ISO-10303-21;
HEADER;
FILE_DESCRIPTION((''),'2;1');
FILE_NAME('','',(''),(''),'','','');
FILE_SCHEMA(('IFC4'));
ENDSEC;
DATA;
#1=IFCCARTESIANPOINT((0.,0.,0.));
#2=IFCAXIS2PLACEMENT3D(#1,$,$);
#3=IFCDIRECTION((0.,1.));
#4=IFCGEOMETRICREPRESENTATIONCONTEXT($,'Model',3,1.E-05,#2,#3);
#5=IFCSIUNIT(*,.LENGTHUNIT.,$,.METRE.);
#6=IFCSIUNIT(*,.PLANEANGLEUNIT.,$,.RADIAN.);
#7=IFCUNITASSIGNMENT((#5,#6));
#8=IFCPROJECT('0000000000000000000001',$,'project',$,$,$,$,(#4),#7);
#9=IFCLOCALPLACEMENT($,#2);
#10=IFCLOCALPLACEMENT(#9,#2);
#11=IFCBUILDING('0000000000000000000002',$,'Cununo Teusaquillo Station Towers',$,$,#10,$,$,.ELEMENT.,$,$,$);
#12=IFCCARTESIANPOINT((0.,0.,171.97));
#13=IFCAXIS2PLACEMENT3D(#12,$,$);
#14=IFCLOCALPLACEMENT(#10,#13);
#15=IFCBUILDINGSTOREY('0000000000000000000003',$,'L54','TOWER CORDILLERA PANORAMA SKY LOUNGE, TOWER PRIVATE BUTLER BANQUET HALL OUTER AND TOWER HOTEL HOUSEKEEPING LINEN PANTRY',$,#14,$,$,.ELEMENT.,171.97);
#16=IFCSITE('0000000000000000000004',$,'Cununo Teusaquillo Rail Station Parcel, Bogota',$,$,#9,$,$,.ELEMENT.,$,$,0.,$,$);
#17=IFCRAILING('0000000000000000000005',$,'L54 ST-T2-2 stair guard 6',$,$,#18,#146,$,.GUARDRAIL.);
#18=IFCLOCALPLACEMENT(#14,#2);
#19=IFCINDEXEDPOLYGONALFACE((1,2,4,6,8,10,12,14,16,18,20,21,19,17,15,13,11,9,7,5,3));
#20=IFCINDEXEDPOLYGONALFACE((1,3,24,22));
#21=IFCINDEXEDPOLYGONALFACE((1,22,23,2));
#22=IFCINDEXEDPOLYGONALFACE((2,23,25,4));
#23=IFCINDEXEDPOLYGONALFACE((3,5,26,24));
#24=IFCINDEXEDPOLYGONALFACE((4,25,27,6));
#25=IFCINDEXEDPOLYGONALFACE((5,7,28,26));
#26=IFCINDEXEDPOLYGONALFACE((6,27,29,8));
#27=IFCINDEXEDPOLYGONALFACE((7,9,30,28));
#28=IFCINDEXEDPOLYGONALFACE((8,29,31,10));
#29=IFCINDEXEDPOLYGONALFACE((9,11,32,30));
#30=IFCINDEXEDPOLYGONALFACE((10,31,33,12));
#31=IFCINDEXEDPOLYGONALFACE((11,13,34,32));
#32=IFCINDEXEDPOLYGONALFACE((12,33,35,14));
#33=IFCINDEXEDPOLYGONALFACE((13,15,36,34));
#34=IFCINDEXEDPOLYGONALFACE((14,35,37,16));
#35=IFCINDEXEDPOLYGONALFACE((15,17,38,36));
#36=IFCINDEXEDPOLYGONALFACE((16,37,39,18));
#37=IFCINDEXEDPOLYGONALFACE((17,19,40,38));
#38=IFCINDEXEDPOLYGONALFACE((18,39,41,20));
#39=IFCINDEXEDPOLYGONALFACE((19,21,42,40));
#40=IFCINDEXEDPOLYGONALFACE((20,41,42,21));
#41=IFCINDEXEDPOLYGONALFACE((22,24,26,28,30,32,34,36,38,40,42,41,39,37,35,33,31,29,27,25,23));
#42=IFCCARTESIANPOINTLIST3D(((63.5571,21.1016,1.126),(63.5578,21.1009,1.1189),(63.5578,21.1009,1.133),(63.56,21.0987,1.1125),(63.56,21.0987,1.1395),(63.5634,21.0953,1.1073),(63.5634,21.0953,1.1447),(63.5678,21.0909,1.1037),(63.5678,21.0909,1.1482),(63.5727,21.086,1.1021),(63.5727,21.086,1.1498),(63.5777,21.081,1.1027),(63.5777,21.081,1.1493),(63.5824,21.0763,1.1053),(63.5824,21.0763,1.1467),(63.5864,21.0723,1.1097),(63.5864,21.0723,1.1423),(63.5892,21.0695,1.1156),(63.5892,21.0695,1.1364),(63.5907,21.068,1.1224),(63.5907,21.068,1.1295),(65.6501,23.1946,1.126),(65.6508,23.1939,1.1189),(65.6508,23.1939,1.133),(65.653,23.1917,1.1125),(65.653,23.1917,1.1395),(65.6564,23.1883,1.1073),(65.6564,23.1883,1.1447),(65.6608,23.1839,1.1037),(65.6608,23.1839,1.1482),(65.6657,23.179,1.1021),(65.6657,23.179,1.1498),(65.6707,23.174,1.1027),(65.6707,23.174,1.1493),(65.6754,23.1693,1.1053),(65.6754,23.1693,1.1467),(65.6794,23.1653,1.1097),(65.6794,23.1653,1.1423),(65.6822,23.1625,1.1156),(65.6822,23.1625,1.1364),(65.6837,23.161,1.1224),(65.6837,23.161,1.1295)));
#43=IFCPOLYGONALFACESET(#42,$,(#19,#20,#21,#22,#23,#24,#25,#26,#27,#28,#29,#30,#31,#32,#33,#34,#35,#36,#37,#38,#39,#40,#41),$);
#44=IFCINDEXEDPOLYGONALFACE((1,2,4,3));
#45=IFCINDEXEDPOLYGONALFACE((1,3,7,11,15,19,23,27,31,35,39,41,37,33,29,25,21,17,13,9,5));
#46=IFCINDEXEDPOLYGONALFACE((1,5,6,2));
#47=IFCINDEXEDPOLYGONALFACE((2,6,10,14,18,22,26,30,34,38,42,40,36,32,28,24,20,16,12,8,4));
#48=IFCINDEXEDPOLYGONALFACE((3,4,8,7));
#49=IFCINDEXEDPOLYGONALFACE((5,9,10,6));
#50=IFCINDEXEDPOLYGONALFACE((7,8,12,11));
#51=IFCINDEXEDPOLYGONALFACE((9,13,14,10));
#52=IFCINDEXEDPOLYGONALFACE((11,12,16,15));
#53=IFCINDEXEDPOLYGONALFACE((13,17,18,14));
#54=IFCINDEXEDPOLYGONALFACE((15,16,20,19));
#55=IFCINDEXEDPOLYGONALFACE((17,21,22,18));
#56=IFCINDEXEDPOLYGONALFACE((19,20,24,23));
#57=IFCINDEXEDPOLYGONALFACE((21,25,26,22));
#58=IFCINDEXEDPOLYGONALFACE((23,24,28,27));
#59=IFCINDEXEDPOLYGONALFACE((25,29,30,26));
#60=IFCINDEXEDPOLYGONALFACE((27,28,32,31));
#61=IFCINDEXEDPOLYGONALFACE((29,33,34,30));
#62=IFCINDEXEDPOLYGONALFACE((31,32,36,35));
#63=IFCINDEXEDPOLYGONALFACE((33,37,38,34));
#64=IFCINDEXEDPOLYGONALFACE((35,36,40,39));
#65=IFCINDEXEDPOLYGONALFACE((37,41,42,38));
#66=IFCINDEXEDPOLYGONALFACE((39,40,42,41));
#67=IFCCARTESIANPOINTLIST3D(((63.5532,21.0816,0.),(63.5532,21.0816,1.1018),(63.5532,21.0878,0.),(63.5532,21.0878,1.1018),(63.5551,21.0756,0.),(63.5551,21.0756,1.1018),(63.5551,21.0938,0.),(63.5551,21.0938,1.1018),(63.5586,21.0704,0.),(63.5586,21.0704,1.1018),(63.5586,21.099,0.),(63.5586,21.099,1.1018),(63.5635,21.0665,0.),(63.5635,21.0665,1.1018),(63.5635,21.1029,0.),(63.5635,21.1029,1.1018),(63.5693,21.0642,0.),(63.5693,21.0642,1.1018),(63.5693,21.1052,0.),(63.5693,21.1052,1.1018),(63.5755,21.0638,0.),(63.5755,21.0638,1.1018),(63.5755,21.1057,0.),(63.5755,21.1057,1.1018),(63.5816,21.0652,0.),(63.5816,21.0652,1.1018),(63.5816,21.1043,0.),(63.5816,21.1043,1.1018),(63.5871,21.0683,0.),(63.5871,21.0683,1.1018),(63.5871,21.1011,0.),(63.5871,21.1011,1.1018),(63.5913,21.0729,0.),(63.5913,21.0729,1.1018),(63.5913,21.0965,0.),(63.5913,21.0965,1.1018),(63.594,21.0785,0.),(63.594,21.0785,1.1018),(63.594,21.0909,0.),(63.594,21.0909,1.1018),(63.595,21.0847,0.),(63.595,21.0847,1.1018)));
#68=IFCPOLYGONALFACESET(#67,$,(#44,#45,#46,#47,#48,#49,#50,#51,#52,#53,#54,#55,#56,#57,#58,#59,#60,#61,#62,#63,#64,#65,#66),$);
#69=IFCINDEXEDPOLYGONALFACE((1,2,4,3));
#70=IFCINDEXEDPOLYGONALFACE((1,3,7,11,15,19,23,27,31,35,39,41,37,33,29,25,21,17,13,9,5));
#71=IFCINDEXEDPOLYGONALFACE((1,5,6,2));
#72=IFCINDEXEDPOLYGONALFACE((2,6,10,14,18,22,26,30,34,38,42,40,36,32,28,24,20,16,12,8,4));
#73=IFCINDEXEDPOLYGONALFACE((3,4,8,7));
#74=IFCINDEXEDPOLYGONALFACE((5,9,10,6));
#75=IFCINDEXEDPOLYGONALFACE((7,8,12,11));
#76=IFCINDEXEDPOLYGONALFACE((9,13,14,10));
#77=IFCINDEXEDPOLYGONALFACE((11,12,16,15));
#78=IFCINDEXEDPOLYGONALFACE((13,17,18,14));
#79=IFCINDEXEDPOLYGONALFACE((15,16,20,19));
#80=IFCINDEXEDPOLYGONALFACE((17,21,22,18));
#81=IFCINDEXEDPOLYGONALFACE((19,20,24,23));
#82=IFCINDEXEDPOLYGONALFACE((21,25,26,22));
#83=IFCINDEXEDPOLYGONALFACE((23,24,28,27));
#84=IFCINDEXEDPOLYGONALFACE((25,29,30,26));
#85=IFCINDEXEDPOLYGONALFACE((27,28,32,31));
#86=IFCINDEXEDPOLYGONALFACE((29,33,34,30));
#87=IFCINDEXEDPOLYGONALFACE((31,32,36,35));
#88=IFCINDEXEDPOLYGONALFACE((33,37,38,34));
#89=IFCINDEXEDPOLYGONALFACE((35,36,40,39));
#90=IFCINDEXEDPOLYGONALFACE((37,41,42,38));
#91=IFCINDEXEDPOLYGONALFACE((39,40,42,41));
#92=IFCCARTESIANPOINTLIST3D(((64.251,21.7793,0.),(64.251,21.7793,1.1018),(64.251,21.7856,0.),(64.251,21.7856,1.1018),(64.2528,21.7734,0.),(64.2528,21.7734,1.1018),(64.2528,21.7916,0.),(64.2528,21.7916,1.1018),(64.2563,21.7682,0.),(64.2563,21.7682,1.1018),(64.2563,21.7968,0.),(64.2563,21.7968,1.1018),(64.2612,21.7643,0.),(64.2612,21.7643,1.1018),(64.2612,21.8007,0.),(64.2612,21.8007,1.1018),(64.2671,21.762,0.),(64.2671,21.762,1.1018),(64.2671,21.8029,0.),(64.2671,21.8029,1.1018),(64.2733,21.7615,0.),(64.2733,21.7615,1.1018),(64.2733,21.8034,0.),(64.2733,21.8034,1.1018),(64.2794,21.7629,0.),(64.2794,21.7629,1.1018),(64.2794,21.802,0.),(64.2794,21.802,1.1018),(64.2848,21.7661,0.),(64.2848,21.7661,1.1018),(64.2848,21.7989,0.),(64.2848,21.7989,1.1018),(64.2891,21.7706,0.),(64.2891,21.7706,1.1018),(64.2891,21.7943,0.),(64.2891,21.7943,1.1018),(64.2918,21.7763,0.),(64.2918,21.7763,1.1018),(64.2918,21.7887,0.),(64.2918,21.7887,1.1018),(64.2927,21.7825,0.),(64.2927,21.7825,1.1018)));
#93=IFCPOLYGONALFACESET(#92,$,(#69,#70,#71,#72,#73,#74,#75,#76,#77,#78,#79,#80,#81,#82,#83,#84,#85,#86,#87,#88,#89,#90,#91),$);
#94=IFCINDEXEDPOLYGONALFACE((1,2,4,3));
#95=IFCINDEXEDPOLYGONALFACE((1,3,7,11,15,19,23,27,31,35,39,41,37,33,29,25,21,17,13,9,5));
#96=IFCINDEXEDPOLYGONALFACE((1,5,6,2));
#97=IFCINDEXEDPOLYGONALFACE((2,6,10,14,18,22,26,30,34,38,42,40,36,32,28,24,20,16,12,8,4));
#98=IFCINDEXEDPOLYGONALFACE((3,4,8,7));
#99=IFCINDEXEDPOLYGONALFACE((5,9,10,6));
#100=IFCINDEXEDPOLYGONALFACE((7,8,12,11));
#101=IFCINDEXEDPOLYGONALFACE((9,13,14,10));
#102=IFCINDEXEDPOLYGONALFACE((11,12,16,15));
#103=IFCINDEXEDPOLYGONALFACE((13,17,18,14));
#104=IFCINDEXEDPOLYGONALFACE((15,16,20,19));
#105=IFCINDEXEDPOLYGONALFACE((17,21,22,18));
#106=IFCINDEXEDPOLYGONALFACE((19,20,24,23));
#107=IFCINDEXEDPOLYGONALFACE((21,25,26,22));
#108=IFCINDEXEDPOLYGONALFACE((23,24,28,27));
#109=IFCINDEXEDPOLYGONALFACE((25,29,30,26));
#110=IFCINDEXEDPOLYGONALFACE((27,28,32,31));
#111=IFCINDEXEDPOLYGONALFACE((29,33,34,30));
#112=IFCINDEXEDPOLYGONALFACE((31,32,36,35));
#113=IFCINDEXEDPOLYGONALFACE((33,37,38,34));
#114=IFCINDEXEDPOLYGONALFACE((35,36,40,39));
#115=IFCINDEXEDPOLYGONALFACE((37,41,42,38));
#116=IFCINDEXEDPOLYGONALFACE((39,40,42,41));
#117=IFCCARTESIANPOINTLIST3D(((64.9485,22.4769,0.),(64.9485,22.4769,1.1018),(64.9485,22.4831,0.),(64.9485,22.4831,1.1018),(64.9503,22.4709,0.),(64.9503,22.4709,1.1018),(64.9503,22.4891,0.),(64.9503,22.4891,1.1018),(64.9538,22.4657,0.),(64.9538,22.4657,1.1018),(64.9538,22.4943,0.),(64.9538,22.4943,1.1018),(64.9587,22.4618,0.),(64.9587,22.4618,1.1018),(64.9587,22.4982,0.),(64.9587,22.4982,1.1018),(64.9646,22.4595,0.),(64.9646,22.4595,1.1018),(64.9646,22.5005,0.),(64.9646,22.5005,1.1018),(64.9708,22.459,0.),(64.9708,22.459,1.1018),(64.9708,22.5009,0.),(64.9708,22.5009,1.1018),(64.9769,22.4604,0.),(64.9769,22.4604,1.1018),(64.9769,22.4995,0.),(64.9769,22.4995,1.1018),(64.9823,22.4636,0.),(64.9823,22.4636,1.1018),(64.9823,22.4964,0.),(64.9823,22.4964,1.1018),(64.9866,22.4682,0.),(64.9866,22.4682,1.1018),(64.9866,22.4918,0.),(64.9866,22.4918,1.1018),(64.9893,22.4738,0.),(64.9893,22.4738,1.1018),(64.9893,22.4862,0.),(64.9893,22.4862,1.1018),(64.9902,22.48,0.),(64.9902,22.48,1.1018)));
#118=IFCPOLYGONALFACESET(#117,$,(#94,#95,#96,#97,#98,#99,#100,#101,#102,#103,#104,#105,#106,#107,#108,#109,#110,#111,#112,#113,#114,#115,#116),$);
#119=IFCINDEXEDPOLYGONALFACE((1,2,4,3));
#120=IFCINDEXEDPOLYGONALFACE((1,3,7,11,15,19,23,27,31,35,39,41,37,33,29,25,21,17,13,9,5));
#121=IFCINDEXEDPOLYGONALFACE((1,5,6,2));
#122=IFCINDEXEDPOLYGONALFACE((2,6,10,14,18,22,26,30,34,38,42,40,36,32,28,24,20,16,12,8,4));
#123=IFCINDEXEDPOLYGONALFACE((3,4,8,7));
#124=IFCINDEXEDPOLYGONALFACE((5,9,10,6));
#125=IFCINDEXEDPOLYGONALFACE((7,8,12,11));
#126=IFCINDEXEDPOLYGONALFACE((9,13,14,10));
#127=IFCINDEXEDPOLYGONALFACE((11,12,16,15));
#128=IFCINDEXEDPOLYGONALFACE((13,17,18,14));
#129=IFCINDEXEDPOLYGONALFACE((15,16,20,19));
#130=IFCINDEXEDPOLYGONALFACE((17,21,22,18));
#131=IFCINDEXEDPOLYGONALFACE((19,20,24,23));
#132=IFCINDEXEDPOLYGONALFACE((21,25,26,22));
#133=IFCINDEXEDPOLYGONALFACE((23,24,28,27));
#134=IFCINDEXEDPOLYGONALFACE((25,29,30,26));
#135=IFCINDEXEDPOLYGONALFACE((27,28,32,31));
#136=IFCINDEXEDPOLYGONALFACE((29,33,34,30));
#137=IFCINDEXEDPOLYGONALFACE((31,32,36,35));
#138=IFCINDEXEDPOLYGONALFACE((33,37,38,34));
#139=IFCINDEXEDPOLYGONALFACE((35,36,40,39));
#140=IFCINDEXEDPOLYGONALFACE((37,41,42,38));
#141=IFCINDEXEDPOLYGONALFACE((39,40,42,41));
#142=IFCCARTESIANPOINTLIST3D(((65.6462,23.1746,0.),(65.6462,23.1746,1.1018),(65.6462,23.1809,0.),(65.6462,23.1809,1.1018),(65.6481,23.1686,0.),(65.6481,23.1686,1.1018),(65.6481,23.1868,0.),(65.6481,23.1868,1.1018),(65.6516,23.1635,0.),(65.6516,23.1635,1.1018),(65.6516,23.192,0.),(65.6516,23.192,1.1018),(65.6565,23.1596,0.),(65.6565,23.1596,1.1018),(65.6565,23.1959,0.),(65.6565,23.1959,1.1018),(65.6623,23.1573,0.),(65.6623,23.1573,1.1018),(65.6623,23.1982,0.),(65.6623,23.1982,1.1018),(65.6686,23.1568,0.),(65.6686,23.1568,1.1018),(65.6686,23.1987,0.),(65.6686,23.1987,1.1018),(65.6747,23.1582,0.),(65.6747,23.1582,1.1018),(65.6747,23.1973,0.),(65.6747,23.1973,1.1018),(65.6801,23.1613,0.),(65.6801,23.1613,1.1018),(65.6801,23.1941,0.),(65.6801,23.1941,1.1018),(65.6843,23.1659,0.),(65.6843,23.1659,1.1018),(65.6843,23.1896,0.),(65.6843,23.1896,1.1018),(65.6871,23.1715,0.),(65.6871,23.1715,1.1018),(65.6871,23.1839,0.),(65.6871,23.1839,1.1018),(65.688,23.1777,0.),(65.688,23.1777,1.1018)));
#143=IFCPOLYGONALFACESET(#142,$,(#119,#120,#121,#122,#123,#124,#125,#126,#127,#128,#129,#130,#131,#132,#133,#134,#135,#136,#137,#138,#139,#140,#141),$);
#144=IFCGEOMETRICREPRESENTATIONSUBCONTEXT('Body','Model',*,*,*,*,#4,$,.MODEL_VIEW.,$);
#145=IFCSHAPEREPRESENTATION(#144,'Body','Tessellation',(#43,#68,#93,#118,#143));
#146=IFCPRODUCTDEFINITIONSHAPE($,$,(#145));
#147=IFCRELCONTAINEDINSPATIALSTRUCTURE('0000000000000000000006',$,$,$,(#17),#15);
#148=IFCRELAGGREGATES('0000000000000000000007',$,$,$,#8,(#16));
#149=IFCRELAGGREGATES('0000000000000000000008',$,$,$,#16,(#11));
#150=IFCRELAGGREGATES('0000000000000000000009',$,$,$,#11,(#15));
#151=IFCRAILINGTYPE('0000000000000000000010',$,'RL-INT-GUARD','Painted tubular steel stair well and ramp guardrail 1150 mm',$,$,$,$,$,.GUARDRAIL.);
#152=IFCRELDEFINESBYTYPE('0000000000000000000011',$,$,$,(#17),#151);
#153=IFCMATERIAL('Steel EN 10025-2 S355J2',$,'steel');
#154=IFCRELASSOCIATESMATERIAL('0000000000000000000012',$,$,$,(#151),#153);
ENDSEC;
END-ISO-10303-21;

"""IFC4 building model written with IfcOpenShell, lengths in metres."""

from ifc_helpers import new_model, si_unit, direction, frame, origin, origin_2d, place, context, subcontext, project, spatial, circle, extrude, material, type_object, element, save


model = new_model("IFC4")

# Units and contexts
model_context = context("Model", 3, precision=1e-05, world=origin(), true_north=direction((0.0, 1.0)))
body_context = subcontext(model_context, "Body", "Model", "MODEL_VIEW")
ifc_project = project(units=[si_unit("LENGTHUNIT", "METRE"), si_unit("PLANEANGLEUNIT", "RADIAN")], contexts=[model_context])

# Site, building, storey
site_placement = place(None, origin())
site = spatial("IfcSite", under=ifc_project, at=site_placement, Name="Cununo Teusaquillo Rail Station Parcel, Bogota", CompositionType="ELEMENT", RefElevation=0.0)
building_placement = place(site_placement, origin())
building = spatial("IfcBuilding", under=site, at=building_placement, Name="Cununo Teusaquillo Station Towers", CompositionType="ELEMENT")
storey_placement = place(building_placement, frame((0.0, 0.0, 171.97)))
storey = spatial("IfcBuildingStorey", under=building, at=storey_placement, Name="L54", Description="TOWER CORDILLERA PANORAMA SKY LOUNGE, TOWER PRIVATE BUTLER BANQUET HALL OUTER AND TOWER HOTEL HOUSEKEEPING LINEN PANTRY", CompositionType="ELEMENT", Elevation=171.97)

# Railing
ifc_material_1 = material(Name="Steel EN 10025-2 S355J2", Category="steel")
railing_type = type_object("IfcRailingType", Name="RL-INT-GUARD", Description="Painted tubular steel stair well and ramp guardrail 1150 mm", PredefinedType="GUARDRAIL", material=ifc_material_1)
railing_1_placement = place(storey_placement, frame((63.574, 21.0847, 0.0)))
element("IfcRailing", 1, at=railing_1_placement, inside=storey, type_object=railing_type, Name="L54 ST-T2-2 stair guard 6", PredefinedType="GUARDRAIL", context=body_context, shape_type="SweptSolid", body=[
    extrude(circle(Radius=0.0239, at=origin_2d()), frame((0.0, 0.0, 1.126), z_axis=(0.707107, 0.707107, 0.0), x_axis=(-0.707107, 0.707107, 0.0)), (0.0, 0.0, 1.0), 2.96),
    extrude(circle(Radius=0.021, at=origin_2d()), origin(), (0.0, 0.0, 1.0), 1.1018),
    extrude(circle(Radius=0.021, at=origin_2d()), frame((0.6978, 0.6978, 0.0)), (0.0, 0.0, 1.0), 1.1018),
    extrude(circle(Radius=0.021, at=origin_2d()), frame((1.3953, 1.3953, 0.0)), (0.0, 0.0, 1.0), 1.1018),
    extrude(circle(Radius=0.021, at=origin_2d()), frame((2.093, 2.093, 0.0)), (0.0, 0.0, 1.0), 1.1018),
])

save(model, "model.ifc")
